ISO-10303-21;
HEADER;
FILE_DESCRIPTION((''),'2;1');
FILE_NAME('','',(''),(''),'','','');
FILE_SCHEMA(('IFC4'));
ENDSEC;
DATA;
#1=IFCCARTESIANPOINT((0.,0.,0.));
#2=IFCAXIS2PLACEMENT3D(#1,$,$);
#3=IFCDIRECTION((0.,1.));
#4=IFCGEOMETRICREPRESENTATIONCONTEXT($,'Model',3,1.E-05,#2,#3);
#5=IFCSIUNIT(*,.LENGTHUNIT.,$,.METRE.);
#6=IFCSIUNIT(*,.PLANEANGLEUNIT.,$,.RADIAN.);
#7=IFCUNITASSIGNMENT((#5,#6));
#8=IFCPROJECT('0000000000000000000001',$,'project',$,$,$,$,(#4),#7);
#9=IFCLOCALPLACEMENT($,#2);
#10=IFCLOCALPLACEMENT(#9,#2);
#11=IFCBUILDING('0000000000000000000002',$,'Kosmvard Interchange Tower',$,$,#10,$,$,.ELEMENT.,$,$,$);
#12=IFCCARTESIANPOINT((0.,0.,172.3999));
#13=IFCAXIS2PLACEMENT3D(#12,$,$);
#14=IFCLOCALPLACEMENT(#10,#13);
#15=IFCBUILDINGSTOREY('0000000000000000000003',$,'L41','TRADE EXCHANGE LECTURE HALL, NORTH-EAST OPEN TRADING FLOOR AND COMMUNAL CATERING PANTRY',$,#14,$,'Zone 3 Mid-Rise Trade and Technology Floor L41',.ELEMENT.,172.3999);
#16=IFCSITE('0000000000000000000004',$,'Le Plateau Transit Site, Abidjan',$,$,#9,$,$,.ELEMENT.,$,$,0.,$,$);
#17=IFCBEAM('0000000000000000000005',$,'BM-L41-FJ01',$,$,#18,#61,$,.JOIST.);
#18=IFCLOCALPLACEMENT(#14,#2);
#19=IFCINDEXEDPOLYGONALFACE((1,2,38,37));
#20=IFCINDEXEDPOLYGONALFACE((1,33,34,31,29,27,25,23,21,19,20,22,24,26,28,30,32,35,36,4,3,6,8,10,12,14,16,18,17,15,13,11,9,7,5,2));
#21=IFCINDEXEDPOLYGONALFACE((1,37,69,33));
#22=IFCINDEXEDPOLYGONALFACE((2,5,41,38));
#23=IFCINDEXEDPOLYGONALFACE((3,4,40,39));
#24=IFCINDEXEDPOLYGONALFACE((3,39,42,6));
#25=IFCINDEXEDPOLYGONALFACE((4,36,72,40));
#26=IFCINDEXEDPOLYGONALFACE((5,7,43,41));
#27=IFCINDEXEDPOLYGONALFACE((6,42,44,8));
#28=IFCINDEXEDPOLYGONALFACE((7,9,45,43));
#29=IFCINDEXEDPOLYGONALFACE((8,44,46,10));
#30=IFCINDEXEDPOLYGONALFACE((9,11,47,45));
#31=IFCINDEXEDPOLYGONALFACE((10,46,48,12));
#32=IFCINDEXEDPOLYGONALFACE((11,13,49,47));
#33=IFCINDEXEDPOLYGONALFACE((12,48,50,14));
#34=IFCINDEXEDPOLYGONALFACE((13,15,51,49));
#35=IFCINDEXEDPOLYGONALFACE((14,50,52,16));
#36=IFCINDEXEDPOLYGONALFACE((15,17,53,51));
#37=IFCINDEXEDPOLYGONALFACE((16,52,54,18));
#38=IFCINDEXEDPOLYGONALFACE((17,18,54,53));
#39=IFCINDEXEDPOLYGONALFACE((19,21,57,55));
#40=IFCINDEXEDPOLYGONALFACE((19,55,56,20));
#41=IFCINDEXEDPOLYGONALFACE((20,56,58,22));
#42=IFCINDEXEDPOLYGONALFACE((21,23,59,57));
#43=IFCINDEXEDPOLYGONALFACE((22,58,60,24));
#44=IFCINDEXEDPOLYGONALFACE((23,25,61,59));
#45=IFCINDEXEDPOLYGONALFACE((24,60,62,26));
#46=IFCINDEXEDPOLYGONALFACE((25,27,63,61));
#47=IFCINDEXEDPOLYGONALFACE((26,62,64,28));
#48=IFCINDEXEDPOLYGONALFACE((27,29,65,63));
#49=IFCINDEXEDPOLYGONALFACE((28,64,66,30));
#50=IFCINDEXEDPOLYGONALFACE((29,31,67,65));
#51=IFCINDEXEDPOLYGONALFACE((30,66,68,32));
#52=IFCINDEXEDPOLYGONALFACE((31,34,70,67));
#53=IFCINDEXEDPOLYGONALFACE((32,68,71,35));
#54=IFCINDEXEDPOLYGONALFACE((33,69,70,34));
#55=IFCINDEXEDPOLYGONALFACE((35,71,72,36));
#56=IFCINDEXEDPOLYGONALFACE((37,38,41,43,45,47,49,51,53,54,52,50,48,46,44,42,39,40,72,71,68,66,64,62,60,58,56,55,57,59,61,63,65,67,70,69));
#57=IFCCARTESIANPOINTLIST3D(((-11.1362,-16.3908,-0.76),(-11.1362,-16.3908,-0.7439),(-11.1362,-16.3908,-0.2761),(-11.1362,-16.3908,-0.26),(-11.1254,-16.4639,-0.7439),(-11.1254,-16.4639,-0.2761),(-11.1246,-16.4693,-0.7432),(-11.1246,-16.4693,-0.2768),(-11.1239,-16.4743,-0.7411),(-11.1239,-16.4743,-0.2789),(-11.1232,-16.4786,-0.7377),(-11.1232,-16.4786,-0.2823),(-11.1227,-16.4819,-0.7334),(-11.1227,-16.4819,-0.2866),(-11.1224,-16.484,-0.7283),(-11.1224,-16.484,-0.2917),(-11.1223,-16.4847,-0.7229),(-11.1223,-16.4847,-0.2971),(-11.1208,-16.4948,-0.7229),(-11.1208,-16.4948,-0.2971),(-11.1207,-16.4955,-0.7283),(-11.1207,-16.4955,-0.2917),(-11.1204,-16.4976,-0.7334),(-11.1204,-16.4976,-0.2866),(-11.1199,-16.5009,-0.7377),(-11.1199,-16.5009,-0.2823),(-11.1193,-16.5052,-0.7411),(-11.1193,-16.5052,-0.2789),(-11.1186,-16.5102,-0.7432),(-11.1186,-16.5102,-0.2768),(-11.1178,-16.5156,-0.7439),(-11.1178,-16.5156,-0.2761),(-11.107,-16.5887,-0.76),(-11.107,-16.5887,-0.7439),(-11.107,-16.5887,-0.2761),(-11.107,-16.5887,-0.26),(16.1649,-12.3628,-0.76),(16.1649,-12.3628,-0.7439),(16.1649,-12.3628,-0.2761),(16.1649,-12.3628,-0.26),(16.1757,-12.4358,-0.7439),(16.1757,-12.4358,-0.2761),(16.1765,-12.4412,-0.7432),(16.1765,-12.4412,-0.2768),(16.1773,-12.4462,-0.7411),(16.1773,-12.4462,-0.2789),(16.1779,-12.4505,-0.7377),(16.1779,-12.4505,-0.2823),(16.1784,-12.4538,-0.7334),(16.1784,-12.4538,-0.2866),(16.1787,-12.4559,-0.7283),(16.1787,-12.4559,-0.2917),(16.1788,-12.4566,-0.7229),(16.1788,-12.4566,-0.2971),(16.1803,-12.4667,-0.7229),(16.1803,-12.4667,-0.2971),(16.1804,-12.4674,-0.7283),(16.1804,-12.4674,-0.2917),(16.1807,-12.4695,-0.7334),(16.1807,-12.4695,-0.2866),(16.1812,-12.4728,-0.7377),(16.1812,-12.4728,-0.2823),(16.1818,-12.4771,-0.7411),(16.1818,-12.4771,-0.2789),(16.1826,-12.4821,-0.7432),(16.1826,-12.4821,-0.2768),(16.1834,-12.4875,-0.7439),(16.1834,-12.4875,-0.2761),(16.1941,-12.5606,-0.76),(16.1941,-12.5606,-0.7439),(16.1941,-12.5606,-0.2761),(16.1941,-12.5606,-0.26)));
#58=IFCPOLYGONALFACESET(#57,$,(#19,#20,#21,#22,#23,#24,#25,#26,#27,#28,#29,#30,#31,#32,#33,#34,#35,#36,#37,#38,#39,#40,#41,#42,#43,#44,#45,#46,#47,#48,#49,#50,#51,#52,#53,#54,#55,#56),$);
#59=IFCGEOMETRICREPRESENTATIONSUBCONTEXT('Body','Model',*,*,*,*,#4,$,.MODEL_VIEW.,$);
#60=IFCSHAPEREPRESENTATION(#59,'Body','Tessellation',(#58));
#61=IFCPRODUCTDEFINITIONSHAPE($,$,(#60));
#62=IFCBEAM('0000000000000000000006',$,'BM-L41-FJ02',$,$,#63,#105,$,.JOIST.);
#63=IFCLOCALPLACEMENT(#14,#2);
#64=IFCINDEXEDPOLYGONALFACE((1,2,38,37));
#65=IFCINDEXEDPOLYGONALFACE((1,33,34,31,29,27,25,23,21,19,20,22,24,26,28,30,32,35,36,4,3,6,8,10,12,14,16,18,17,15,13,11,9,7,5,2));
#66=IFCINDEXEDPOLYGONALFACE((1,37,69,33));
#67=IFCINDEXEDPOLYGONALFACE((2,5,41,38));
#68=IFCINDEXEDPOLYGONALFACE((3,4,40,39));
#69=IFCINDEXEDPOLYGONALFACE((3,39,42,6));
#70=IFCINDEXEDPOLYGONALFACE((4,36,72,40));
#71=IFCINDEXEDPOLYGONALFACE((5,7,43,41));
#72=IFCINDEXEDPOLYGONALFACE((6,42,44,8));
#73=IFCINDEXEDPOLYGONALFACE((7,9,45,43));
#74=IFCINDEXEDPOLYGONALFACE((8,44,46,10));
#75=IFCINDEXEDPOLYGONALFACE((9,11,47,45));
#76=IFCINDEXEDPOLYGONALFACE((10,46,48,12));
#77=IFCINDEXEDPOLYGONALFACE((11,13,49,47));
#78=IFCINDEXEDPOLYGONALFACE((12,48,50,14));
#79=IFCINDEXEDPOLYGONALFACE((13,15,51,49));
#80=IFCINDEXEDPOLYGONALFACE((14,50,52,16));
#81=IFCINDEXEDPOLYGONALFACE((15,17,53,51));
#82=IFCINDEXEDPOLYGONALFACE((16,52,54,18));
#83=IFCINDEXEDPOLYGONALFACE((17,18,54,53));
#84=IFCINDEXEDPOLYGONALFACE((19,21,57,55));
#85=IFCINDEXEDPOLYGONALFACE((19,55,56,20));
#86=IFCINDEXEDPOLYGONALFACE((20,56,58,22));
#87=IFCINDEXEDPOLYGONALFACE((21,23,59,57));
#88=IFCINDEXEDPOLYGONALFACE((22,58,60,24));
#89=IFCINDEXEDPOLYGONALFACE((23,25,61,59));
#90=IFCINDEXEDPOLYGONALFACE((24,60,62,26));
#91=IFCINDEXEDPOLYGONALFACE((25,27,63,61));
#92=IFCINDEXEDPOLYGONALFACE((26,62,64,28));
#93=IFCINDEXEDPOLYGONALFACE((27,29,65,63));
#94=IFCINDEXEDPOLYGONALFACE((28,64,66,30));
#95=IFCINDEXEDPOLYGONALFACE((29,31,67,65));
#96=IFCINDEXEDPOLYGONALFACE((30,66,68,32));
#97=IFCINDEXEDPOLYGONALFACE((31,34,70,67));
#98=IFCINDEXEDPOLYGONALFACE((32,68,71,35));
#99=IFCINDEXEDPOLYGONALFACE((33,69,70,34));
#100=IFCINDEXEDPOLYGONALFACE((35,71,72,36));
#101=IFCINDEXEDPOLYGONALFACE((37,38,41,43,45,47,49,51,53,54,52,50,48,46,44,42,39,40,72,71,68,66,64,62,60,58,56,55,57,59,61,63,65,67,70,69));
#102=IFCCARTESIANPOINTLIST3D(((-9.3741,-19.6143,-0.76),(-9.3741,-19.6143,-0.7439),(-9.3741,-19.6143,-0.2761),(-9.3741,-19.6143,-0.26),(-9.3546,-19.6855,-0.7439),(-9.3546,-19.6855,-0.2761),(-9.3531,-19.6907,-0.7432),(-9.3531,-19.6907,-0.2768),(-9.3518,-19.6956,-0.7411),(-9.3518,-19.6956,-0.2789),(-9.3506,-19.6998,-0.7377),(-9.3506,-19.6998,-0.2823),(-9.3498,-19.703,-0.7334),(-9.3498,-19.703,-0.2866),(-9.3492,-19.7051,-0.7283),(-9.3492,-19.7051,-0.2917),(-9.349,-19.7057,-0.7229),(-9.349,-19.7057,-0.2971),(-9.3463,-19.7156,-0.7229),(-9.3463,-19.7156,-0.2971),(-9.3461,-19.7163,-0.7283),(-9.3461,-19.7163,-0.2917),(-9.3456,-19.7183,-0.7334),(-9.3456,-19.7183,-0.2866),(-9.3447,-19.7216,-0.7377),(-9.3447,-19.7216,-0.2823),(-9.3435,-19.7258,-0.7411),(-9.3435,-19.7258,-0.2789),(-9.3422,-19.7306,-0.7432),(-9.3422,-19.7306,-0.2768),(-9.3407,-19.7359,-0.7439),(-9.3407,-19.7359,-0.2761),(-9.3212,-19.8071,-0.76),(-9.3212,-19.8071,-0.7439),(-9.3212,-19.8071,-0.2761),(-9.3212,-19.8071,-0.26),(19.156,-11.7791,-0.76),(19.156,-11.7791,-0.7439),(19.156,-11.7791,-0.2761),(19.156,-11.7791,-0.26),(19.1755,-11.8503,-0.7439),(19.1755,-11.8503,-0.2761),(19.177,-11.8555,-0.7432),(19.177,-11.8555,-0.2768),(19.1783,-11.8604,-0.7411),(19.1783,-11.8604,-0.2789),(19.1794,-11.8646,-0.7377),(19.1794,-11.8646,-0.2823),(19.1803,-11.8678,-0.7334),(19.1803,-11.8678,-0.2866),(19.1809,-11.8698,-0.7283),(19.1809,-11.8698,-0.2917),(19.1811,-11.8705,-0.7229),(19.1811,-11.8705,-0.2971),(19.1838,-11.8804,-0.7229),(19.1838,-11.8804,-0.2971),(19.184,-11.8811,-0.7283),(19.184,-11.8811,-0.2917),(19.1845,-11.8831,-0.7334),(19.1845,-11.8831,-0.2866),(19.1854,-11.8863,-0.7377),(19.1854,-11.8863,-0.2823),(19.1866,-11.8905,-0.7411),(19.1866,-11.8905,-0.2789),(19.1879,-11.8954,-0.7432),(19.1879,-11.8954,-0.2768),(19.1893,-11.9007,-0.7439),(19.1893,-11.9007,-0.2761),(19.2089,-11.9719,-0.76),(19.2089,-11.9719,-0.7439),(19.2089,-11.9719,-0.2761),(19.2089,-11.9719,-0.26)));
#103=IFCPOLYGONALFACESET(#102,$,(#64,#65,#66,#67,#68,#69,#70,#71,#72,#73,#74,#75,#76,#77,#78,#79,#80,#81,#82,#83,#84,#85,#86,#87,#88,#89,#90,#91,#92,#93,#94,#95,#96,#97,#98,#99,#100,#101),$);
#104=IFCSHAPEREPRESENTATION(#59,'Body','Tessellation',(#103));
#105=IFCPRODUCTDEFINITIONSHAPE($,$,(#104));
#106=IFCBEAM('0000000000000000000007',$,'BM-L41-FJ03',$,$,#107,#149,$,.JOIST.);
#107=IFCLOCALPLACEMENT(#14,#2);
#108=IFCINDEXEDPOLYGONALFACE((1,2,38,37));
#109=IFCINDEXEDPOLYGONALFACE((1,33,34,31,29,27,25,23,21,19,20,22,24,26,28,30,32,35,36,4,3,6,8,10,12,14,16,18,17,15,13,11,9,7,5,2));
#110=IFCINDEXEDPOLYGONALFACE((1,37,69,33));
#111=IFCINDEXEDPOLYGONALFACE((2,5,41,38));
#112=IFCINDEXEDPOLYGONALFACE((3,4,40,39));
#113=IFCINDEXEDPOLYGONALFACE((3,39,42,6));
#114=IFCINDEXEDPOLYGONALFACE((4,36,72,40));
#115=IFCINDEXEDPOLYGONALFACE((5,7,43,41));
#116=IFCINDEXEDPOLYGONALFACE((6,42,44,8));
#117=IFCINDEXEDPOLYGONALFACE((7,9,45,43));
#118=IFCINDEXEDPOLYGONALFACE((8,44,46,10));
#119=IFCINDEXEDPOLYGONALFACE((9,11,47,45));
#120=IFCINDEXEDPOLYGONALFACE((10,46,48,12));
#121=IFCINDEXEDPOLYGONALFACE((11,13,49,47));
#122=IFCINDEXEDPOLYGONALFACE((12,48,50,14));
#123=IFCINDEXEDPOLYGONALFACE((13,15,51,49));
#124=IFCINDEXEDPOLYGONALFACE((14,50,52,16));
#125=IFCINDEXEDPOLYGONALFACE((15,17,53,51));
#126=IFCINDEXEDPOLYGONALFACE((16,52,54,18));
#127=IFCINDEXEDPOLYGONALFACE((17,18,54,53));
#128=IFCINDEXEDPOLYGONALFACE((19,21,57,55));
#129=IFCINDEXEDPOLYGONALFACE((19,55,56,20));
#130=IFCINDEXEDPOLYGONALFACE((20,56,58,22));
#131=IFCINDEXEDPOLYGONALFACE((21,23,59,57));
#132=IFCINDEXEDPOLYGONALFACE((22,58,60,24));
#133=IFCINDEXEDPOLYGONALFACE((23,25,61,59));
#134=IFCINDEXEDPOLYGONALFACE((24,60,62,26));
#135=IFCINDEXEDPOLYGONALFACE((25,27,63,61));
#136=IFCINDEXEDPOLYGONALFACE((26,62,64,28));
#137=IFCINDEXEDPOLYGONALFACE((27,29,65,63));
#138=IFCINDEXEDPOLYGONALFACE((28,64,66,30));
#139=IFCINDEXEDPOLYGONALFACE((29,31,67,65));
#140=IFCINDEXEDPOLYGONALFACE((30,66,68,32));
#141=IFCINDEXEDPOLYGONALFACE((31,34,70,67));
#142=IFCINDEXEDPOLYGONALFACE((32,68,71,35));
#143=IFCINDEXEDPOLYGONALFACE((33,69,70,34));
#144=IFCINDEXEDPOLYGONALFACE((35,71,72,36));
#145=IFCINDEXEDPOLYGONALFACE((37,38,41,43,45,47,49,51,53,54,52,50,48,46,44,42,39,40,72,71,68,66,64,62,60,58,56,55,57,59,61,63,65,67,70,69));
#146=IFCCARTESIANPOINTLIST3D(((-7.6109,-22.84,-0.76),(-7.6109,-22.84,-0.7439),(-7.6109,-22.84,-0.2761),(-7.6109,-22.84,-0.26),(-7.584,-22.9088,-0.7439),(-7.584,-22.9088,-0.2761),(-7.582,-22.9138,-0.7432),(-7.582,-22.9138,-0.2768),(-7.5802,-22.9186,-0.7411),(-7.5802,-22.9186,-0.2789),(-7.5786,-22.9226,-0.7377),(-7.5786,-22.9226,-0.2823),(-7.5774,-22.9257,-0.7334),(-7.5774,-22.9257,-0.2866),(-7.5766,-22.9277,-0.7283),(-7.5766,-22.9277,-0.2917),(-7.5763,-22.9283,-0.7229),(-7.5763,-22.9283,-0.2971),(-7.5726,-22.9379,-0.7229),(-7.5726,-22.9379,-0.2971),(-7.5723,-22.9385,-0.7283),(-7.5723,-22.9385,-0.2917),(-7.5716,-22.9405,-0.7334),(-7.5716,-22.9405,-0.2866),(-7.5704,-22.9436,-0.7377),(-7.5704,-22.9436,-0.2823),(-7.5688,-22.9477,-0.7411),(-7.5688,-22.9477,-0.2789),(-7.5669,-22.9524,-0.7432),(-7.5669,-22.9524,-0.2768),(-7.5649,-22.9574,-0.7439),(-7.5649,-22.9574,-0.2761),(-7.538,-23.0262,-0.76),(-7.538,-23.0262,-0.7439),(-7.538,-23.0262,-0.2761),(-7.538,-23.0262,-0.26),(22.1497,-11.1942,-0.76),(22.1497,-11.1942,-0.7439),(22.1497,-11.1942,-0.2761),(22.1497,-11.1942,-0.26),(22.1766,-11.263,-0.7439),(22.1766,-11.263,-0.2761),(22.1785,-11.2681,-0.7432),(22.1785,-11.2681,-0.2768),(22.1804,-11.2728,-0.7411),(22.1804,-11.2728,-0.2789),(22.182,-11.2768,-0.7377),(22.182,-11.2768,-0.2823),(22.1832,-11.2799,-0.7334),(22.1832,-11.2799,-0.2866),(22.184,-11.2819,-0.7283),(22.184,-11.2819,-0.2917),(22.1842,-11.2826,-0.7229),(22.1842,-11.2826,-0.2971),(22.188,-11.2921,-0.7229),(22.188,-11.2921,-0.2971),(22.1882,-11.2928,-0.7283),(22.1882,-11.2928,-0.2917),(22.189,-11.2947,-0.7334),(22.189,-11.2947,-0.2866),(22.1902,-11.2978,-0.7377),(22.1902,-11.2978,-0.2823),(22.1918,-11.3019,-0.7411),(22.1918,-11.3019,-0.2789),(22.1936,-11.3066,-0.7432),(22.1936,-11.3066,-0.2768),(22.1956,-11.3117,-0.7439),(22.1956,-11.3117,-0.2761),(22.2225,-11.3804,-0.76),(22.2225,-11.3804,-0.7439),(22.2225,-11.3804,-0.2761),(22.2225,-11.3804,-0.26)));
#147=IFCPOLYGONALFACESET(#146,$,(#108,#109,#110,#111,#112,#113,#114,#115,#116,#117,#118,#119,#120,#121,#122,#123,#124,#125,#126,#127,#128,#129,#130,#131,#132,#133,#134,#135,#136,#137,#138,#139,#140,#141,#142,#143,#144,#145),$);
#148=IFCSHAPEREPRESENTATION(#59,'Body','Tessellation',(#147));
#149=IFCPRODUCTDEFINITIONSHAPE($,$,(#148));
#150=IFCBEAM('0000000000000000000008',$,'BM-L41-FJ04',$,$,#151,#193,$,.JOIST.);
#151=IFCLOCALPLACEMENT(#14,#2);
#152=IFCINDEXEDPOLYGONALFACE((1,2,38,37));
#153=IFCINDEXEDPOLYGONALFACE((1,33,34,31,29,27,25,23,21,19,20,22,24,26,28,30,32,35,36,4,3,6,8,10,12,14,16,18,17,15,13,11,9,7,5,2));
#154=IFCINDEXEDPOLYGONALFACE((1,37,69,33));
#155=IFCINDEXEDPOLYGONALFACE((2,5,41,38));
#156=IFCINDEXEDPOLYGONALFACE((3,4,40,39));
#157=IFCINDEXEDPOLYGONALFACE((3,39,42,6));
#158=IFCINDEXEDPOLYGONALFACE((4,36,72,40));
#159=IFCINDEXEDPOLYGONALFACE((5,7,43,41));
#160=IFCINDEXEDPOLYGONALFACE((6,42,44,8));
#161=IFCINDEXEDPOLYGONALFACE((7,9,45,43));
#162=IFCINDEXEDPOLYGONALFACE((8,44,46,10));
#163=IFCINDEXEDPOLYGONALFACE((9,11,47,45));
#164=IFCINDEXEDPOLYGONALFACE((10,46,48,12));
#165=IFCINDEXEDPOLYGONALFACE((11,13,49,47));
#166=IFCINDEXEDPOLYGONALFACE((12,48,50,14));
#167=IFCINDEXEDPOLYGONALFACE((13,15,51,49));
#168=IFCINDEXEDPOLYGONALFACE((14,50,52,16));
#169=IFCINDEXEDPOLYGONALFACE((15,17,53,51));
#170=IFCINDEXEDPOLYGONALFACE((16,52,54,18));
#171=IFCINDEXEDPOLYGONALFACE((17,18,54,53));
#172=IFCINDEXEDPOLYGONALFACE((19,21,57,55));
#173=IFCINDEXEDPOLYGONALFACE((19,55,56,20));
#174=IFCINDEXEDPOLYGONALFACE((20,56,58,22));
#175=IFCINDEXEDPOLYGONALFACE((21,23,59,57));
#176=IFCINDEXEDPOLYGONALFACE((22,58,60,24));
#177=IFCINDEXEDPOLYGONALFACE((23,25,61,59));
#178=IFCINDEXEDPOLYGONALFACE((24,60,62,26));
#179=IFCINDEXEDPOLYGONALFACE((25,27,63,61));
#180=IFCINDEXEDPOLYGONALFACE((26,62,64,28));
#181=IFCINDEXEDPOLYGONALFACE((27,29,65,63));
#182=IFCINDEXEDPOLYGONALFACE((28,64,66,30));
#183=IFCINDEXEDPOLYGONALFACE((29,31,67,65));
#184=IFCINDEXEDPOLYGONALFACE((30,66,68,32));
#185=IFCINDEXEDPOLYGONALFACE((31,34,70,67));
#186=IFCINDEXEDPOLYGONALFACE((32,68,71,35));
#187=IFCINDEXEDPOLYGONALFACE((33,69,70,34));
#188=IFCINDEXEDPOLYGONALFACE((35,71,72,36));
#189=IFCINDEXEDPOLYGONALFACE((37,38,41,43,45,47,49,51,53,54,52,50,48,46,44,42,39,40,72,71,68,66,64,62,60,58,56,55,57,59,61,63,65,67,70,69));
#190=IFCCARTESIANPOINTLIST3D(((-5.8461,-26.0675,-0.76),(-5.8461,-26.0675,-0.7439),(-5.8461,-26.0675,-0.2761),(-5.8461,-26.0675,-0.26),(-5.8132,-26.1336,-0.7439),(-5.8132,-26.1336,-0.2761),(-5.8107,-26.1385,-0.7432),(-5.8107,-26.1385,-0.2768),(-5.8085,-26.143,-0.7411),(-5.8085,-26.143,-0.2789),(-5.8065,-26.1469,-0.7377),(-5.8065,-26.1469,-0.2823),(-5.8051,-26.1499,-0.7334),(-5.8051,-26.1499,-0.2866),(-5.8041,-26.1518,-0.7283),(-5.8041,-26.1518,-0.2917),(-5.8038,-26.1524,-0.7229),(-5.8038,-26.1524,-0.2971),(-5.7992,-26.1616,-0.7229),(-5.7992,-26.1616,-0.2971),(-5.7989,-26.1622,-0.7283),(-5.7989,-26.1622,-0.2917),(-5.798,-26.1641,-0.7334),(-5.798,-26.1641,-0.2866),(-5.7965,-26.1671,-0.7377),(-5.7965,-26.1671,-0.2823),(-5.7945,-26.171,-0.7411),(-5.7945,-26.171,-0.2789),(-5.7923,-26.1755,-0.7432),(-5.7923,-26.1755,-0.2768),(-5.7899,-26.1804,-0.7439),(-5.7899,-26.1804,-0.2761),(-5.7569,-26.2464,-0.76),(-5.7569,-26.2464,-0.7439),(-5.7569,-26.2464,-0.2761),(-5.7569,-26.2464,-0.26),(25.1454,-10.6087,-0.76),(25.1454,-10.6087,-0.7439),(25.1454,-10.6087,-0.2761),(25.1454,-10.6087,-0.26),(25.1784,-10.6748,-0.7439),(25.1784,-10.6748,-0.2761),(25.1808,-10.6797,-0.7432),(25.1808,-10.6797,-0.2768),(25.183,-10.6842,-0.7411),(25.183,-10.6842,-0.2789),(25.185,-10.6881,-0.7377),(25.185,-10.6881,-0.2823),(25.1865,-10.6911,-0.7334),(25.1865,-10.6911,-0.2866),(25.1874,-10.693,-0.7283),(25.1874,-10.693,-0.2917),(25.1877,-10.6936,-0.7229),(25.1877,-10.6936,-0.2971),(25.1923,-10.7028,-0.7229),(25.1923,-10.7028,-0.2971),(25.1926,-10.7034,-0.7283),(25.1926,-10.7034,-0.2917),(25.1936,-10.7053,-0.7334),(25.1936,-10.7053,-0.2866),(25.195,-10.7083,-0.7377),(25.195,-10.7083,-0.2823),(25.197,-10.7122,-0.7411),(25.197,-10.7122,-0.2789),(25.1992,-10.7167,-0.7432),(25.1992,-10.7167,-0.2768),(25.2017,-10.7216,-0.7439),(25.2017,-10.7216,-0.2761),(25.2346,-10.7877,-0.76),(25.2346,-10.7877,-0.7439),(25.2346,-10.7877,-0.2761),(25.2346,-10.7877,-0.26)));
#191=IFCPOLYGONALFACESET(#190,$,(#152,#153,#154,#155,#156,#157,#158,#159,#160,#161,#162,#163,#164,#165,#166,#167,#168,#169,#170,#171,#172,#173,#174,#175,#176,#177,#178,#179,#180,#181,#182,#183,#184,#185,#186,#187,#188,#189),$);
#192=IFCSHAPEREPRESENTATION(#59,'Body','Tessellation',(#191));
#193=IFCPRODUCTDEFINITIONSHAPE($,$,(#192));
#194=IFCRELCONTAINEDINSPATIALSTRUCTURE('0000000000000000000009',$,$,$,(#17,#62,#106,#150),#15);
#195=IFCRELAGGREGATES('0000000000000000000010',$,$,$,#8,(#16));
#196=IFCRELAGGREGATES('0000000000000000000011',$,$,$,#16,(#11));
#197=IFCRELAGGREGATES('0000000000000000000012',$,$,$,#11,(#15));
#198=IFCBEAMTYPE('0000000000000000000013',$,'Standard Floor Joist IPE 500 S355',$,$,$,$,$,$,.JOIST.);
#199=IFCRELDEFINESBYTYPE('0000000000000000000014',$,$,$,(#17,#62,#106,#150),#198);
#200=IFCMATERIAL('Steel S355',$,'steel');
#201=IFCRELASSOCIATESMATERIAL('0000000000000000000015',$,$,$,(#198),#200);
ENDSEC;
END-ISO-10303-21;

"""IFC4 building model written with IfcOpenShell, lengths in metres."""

from ifc_helpers import new_model, si_unit, direction, frame, origin, origin_2d, place, context, subcontext, project, spatial, i_section, extrude, source, transform, mapped, material, material_profile, profile_set, type_object, element, save


model = new_model("IFC4")

# Units and contexts
model_context = context("Model", 3, precision=1e-05, world=origin(), true_north=direction((0.0, 1.0)))
body_context = subcontext(model_context, "Body", "Model", "MODEL_VIEW")
ifc_project = project(units=[si_unit("LENGTHUNIT", "METRE"), si_unit("PLANEANGLEUNIT", "RADIAN")], contexts=[model_context])

# Site, building, storey
site_placement = place(None, origin())
site = spatial("IfcSite", under=ifc_project, at=site_placement, Name="Le Plateau Transit Site, Abidjan", CompositionType="ELEMENT", RefElevation=0.0)
building_placement = place(site_placement, origin())
building = spatial("IfcBuilding", under=site, at=building_placement, Name="Kosmvard Interchange Tower", CompositionType="ELEMENT")
storey_placement = place(building_placement, frame((0.0, 0.0, 172.3999)))
storey = spatial("IfcBuildingStorey", under=building, at=storey_placement, Name="L41", Description="TRADE EXCHANGE LECTURE HALL, NORTH-EAST OPEN TRADING FLOOR AND COMMUNAL CATERING PANTRY", LongName="Zone 3 Mid-Rise Trade and Technology Floor L41", CompositionType="ELEMENT", Elevation=172.3999)

# Beams
ifc_material_1 = material(Name="Steel S355", Category="steel")
ifc_material_profile_1 = material_profile(ifc_material_1, i_section(OverallWidth=0.2, OverallDepth=0.5, WebThickness=0.0103, FlangeThickness=0.0161, FilletRadius=0.021, at=origin_2d()), Name="IPE 500")
ifc_profile_set_1 = profile_set([ifc_material_profile_1], Name="Steel S355")
beam_type_1 = type_object("IfcBeamType", Name="Standard Floor Joist IPE 500 S355", PredefinedType="JOIST", material=ifc_profile_set_1)
shared_shape_1 = source(origin(), body_context, "Body", "SweptSolid", [
    extrude(i_section(OverallWidth=0.2, OverallDepth=0.5, WebThickness=0.0103, FlangeThickness=0.0161, FilletRadius=0.021, at=origin_2d()), origin(), (0.0, 0.0, 1.0), 27.5967),
])
beam_1_placement = place(storey_placement, frame((-11.1216, -16.4897, -0.51), z_axis=(0.98929, 0.145963, 0.0), x_axis=(-0.145963, 0.98929, 0.0)))
element("IfcBeam", 1, at=beam_1_placement, inside=storey, type_object=beam_type_1, Name="BM-L41-FJ01", PredefinedType="JOIST", context=body_context, shape_type="MappedRepresentation", body=[
    mapped(shared_shape_1, transform((0.0, 0.0, 0.0), scale=1.0)),
])
shared_shape_2 = source(origin(), body_context, "Body", "SweptSolid", [
    extrude(i_section(OverallWidth=0.2, OverallDepth=0.5, WebThickness=0.0103, FlangeThickness=0.0161, FilletRadius=0.021, at=origin_2d()), origin(), (0.0, 0.0, 1.0), 29.5864),
])
beam_2_placement = place(storey_placement, frame((-9.3477, -19.7107, -0.51), z_axis=(0.964297, 0.264825, 0.0), x_axis=(-0.264825, 0.964297, 0.0)))
element("IfcBeam", 2, at=beam_2_placement, inside=storey, type_object=beam_type_1, Name="BM-L41-FJ02", PredefinedType="JOIST", context=body_context, shape_type="MappedRepresentation", body=[
    mapped(shared_shape_2, transform((0.0, 0.0, 0.0), scale=1.0)),
])
shared_shape_3 = source(origin(), body_context, "Body", "SweptSolid", [
    extrude(i_section(OverallWidth=0.2, OverallDepth=0.5, WebThickness=0.0103, FlangeThickness=0.0161, FilletRadius=0.021, at=origin_2d()), origin(), (0.0, 0.0, 1.0), 31.958),
])
beam_3_placement = place(storey_placement, frame((-7.5745, -22.9331, -0.51), z_axis=(0.931239, 0.364409, 0.0), x_axis=(-0.364409, 0.931239, 0.0)))
element("IfcBeam", 3, at=beam_3_placement, inside=storey, type_object=beam_type_1, Name="BM-L41-FJ03", PredefinedType="JOIST", context=body_context, shape_type="MappedRepresentation", body=[
    mapped(shared_shape_3, transform((0.0, 0.0, 0.0), scale=1.0)),
])
shared_shape_4 = source(origin(), body_context, "Body", "SweptSolid", [
    extrude(i_section(OverallWidth=0.2, OverallDepth=0.5, WebThickness=0.0103, FlangeThickness=0.0161, FilletRadius=0.021, at=origin_2d()), origin(), (0.0, 0.0, 1.0), 34.6331),
])
beam_4_placement = place(storey_placement, frame((-5.8015, -26.157, -0.51), z_axis=(0.894854, 0.446359, 0.0), x_axis=(-0.446359, 0.894854, 0.0)))
element("IfcBeam", 4, at=beam_4_placement, inside=storey, type_object=beam_type_1, Name="BM-L41-FJ04", PredefinedType="JOIST", context=body_context, shape_type="MappedRepresentation", body=[
    mapped(shared_shape_4, transform((0.0, 0.0, 0.0), scale=1.0)),
])

save(model, "model.ifc")
